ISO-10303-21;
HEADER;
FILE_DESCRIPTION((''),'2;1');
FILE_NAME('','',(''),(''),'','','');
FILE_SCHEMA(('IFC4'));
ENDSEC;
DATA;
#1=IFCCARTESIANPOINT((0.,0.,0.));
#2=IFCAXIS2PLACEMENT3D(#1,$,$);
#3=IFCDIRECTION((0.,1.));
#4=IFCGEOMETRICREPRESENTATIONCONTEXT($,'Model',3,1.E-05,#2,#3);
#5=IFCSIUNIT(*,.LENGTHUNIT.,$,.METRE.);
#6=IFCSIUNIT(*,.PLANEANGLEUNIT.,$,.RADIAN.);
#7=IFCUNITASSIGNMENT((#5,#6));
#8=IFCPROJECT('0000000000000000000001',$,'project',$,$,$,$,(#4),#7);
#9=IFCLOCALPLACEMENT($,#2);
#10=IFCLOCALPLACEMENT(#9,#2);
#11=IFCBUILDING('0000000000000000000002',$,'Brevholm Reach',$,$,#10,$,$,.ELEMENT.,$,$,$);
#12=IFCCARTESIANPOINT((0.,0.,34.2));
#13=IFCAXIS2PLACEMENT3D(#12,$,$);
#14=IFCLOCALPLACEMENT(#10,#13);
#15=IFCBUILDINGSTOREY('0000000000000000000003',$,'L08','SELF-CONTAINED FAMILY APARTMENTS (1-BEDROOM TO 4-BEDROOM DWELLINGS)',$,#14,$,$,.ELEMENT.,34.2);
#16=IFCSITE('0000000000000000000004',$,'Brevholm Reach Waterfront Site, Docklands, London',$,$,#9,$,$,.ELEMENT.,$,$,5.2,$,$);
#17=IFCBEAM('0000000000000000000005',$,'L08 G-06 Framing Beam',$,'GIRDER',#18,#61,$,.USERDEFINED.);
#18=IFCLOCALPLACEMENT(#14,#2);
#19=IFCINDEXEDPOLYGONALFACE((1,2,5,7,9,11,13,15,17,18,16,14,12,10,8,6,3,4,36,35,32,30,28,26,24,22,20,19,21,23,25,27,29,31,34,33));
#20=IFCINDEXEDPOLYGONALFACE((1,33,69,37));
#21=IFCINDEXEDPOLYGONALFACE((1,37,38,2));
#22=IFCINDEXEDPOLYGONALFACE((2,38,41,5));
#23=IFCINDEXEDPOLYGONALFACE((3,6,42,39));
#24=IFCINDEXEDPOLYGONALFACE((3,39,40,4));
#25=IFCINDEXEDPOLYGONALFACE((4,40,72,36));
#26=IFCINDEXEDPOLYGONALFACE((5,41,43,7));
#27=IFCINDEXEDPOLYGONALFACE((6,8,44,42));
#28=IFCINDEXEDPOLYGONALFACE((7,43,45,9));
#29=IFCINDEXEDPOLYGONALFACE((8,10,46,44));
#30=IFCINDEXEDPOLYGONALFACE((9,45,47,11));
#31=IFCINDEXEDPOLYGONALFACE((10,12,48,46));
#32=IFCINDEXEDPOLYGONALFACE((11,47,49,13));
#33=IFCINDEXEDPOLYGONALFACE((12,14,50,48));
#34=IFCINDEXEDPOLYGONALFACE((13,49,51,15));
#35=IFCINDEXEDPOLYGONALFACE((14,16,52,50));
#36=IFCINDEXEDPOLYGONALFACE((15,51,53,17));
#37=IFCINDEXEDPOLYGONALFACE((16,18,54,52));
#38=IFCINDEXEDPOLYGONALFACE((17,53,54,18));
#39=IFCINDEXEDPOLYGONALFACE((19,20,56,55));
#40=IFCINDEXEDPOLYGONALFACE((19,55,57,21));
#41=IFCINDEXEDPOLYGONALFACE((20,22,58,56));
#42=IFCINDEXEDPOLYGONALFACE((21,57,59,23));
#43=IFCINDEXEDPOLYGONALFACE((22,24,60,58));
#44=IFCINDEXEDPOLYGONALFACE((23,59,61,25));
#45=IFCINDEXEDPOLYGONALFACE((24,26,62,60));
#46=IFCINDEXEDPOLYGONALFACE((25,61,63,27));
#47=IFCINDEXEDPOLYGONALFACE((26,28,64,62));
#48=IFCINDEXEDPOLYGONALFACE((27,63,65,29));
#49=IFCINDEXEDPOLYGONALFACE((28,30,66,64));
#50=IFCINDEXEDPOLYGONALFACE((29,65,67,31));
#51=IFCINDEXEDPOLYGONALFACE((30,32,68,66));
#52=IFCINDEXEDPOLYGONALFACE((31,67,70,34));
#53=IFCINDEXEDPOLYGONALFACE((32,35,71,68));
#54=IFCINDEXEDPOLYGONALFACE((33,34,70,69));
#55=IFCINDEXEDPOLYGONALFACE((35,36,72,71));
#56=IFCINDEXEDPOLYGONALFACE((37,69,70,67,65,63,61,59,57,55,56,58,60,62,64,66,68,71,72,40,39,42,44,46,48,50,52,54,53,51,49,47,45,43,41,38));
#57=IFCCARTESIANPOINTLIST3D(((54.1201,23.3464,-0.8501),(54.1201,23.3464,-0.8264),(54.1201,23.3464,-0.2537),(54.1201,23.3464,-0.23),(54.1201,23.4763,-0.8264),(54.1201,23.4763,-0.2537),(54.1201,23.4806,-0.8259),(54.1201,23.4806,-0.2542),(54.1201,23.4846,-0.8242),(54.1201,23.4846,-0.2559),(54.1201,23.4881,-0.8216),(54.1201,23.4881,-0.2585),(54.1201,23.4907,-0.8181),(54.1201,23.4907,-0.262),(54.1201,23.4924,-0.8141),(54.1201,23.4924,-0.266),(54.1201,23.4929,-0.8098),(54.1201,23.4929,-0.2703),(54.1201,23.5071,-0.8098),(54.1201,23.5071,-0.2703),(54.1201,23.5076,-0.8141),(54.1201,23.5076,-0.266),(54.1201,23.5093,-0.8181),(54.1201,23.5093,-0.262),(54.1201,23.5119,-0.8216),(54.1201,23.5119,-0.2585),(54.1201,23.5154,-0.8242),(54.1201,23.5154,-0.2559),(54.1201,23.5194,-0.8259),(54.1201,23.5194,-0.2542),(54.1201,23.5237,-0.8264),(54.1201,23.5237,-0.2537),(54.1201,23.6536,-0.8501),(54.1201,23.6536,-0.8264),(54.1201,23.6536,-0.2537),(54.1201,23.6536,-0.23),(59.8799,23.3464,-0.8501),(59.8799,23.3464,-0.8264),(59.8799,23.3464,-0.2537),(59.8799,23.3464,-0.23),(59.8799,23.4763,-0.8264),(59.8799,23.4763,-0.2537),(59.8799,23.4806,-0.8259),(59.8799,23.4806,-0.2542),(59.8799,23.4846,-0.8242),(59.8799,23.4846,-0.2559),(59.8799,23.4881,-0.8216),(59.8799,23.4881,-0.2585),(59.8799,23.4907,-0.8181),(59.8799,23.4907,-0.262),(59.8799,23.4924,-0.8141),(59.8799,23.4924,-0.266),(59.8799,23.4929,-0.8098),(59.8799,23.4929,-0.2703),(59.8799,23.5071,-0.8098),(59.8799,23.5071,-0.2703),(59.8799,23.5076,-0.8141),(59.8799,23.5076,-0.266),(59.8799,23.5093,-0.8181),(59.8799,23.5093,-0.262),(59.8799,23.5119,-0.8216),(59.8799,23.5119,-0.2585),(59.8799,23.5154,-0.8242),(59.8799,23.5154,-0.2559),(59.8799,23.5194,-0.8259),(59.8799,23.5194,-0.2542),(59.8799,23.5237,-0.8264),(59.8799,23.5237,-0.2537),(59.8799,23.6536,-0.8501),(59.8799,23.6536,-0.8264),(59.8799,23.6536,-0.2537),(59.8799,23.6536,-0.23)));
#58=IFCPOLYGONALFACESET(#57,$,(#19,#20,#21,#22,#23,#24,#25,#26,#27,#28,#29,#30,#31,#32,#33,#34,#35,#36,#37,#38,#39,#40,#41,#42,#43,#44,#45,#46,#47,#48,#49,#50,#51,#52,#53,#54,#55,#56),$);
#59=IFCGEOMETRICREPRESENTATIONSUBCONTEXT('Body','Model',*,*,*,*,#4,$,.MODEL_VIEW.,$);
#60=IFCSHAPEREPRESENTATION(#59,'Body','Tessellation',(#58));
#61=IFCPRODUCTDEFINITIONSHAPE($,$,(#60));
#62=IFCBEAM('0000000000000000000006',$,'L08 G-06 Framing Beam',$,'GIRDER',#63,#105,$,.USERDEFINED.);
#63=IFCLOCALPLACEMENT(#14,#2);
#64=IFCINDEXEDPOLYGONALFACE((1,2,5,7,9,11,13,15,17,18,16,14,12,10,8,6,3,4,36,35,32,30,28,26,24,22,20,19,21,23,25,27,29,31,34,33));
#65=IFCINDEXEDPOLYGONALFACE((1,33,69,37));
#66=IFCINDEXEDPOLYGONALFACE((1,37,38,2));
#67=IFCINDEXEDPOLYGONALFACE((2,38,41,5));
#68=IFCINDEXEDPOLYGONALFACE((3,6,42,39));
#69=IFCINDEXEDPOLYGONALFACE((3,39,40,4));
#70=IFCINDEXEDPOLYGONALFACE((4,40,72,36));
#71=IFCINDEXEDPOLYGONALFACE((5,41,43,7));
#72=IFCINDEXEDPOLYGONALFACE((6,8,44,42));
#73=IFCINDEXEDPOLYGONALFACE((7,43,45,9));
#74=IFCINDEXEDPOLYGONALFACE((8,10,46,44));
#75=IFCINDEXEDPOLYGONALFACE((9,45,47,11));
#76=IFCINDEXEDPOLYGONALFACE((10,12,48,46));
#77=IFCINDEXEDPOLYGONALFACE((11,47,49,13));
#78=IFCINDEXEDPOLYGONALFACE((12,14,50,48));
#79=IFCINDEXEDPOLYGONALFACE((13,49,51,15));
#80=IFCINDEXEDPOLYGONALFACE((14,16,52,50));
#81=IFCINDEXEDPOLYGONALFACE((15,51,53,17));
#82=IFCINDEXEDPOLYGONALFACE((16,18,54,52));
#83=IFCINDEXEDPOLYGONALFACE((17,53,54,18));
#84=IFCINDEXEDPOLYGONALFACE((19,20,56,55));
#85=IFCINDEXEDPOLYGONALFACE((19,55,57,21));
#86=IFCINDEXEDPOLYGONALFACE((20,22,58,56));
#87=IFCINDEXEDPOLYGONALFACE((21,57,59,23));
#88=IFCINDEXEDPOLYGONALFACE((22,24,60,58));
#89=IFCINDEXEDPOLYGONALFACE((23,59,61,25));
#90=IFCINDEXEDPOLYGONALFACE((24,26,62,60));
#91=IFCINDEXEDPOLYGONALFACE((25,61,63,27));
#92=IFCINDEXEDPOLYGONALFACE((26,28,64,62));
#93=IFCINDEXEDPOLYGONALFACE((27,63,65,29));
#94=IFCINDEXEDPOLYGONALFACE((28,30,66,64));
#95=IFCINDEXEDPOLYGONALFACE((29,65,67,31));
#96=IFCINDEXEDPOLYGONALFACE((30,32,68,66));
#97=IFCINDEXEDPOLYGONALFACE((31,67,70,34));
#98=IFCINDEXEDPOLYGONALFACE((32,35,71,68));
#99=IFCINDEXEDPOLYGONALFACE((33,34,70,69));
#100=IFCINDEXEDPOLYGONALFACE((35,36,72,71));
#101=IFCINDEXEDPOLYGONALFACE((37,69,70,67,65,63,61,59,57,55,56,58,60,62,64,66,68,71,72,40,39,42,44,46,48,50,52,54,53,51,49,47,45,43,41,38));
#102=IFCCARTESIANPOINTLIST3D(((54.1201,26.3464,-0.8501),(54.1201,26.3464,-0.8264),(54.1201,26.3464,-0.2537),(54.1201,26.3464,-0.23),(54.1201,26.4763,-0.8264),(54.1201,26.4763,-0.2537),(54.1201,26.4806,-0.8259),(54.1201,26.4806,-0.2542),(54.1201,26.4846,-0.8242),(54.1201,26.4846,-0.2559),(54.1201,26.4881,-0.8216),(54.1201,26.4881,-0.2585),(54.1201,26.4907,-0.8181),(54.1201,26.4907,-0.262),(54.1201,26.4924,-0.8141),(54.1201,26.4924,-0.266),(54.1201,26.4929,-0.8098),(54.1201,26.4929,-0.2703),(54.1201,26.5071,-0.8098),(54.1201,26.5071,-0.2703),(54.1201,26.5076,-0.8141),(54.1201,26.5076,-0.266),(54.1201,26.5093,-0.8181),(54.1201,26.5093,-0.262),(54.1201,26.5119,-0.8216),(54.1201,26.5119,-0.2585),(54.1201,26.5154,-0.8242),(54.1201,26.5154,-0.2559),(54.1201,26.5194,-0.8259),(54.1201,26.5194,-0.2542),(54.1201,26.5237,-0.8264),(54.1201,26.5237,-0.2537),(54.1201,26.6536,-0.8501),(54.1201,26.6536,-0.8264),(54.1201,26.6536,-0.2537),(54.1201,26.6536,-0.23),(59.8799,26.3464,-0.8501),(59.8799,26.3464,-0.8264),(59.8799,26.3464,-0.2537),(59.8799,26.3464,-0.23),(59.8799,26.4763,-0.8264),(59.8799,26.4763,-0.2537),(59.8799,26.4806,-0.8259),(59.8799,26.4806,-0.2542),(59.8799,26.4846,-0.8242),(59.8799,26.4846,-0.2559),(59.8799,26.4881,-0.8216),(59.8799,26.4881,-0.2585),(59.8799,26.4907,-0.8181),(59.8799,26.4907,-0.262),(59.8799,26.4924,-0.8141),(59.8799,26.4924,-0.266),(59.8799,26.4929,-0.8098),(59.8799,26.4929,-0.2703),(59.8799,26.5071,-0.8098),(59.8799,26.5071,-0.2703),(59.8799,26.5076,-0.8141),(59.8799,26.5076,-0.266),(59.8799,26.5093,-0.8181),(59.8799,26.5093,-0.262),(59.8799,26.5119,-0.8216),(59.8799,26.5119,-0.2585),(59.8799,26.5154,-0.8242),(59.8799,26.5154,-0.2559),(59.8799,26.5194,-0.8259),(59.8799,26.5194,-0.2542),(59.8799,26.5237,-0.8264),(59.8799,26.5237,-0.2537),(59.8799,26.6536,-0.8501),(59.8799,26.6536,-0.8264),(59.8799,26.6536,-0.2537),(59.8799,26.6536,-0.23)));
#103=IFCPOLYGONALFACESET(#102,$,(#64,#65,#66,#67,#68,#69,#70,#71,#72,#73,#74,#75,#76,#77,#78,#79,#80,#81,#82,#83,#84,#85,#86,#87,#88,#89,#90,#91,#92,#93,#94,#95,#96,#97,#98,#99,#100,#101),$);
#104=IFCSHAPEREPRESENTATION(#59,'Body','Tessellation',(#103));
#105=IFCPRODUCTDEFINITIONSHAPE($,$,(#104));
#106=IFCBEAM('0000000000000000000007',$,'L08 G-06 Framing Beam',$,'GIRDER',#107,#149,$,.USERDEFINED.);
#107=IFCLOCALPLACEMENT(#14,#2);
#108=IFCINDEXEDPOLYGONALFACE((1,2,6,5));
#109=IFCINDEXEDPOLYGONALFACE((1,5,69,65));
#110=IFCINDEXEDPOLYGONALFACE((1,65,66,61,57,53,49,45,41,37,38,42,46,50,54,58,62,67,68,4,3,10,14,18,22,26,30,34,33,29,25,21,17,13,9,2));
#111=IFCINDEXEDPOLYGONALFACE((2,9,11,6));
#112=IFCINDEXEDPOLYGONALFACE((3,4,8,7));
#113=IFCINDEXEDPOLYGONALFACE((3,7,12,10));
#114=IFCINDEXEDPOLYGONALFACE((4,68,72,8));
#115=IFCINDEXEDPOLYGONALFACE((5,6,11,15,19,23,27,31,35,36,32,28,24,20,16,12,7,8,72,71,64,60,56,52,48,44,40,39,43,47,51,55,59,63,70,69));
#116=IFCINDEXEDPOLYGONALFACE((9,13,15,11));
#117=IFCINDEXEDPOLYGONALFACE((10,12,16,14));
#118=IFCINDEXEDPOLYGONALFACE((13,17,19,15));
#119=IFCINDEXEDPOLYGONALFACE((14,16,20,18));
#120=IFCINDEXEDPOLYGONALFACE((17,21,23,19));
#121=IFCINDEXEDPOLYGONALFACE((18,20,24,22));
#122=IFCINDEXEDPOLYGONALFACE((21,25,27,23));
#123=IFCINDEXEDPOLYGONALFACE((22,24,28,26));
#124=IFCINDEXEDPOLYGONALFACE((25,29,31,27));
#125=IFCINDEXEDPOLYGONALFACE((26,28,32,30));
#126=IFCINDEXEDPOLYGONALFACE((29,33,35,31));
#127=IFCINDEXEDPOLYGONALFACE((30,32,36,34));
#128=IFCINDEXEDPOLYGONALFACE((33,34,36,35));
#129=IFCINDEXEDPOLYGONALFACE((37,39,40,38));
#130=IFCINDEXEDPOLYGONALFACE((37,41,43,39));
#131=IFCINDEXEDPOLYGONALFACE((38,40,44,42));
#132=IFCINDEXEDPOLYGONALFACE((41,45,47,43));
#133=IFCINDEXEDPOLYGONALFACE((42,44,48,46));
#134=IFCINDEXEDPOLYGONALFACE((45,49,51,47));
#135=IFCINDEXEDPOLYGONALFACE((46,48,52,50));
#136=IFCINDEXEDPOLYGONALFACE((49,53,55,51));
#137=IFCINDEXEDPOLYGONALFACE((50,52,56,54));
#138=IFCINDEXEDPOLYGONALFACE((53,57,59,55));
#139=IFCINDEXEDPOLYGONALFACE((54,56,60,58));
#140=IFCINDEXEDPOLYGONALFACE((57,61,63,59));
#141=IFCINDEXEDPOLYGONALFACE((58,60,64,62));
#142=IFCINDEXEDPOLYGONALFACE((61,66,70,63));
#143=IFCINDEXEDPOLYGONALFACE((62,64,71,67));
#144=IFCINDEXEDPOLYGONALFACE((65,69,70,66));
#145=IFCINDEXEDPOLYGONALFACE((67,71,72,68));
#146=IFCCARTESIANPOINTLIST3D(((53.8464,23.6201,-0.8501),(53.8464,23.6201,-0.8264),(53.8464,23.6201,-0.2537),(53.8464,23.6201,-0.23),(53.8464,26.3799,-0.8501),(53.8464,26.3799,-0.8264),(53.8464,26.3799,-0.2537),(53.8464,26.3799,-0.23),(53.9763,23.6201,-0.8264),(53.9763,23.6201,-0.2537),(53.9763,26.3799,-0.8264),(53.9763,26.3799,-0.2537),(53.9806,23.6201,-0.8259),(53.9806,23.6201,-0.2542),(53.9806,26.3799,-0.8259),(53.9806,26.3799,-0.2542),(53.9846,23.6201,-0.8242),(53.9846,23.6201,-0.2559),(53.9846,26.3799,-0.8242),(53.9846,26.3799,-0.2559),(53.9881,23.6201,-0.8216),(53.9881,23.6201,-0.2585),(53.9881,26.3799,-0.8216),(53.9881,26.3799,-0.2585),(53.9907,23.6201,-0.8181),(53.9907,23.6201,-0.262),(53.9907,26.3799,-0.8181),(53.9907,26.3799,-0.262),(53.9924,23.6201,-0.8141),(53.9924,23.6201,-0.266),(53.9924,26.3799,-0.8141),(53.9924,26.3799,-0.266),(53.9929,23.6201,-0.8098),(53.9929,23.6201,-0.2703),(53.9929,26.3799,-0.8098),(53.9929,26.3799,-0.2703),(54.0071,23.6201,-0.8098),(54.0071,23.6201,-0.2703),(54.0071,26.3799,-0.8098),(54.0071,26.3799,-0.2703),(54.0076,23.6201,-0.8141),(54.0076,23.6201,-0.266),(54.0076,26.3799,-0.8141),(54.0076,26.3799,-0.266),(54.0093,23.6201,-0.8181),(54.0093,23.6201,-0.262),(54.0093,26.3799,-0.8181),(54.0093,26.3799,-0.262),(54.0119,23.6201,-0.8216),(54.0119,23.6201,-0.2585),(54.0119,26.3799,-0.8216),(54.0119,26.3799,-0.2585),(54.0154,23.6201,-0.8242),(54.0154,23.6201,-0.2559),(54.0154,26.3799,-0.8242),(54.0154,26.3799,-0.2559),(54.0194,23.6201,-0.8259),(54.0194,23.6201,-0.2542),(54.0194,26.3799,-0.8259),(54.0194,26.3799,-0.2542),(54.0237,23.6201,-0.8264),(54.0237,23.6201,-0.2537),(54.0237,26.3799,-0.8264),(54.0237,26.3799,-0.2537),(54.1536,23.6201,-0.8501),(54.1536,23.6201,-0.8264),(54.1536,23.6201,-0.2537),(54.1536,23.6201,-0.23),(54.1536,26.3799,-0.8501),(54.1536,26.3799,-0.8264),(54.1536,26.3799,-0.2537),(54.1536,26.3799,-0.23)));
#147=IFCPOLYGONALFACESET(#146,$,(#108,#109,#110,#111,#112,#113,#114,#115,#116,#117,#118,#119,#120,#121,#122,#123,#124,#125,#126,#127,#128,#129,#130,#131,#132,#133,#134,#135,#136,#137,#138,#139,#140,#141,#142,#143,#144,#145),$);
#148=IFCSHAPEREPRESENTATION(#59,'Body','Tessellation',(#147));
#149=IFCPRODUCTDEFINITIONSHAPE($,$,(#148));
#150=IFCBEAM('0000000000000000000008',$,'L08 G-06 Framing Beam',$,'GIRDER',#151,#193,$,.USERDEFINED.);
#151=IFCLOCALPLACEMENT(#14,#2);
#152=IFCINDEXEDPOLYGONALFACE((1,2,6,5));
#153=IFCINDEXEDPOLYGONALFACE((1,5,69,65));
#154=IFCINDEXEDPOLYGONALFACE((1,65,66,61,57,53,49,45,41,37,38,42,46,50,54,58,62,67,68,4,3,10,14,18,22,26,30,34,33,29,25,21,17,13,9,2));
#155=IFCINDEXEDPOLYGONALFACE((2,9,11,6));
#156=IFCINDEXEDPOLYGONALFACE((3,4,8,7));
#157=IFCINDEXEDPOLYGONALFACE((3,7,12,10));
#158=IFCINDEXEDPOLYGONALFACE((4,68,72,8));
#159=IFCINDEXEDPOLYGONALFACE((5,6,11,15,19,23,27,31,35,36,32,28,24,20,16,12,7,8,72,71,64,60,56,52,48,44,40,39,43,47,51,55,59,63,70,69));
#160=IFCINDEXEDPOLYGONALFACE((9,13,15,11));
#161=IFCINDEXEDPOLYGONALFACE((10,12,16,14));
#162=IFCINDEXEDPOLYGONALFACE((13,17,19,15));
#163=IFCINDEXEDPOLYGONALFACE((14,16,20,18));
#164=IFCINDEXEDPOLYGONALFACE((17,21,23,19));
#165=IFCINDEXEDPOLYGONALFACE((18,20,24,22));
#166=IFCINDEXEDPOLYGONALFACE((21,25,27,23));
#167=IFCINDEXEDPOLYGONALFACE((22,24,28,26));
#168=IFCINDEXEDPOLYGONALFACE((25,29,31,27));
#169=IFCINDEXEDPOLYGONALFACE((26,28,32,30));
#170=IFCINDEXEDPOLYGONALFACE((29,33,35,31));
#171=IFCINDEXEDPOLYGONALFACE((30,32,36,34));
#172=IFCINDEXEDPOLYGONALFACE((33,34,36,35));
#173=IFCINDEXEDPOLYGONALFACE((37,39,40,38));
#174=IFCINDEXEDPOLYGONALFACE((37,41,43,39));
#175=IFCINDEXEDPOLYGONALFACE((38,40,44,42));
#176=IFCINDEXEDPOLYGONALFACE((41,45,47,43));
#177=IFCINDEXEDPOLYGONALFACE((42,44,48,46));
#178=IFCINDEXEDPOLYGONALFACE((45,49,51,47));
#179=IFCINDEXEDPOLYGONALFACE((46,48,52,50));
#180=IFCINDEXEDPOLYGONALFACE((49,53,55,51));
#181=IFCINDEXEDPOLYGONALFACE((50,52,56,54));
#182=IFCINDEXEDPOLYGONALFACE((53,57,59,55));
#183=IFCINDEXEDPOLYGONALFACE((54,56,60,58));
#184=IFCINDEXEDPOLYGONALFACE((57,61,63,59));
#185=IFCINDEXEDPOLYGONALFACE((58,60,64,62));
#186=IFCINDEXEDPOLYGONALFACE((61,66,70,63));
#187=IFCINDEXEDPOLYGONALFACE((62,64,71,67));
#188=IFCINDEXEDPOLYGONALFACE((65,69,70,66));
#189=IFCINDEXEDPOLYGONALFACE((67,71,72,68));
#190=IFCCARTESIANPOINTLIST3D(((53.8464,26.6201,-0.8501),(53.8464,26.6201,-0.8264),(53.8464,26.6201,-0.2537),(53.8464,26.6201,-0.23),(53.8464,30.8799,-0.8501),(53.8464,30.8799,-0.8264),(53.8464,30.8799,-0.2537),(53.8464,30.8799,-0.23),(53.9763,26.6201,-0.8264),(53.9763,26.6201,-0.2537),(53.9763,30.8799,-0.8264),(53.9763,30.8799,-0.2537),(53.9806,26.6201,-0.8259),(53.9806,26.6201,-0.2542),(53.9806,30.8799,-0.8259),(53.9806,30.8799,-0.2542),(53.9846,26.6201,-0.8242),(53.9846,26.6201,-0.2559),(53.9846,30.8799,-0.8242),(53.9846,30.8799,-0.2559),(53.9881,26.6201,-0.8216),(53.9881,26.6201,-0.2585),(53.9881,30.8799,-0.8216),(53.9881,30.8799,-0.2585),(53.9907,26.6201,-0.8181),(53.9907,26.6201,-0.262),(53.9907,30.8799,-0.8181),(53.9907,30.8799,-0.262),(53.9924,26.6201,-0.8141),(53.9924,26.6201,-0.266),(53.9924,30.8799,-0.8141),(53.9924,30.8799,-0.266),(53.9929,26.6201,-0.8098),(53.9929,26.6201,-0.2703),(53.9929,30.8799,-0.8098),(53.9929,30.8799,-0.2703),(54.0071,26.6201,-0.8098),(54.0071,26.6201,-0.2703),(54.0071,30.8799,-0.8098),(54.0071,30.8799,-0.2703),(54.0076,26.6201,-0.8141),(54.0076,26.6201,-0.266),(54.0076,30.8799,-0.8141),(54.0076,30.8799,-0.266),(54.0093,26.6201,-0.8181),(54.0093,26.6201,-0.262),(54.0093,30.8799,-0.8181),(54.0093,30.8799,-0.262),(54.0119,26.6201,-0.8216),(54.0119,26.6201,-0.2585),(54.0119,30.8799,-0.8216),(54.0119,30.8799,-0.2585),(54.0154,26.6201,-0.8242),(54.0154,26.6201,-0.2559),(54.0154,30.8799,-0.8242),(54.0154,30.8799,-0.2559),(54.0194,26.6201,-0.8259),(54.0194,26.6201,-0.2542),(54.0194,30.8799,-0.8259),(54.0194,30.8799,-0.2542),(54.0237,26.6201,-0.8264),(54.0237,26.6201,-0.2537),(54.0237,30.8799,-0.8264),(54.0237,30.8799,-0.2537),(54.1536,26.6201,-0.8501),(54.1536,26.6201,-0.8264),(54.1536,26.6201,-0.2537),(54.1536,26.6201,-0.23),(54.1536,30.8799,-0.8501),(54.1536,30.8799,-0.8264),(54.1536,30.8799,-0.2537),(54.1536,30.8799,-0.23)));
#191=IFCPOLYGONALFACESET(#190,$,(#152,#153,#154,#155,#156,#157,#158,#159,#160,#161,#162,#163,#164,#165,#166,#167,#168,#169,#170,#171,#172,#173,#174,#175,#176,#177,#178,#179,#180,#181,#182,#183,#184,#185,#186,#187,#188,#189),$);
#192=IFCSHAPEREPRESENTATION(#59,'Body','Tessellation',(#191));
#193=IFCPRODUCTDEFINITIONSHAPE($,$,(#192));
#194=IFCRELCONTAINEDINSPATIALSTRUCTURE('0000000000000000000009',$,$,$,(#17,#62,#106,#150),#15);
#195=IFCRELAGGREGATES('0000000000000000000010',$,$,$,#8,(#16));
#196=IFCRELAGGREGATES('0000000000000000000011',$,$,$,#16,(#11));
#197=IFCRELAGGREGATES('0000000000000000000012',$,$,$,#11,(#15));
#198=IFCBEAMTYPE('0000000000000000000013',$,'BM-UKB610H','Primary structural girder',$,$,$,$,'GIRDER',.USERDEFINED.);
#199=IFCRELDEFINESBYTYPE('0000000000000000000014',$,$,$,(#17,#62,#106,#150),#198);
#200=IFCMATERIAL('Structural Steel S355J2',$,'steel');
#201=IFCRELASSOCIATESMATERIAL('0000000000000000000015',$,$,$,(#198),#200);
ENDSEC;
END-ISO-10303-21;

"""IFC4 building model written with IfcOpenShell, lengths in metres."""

from ifc_helpers import new_model, si_unit, direction, frame, origin, origin_2d, place, context, subcontext, project, spatial, i_section, extrude, material, material_profile, profile_set, type_object, element, save


model = new_model("IFC4")

# Units and contexts
model_context = context("Model", 3, precision=1e-05, world=origin(), true_north=direction((0.0, 1.0)))
body_context = subcontext(model_context, "Body", "Model", "MODEL_VIEW")
ifc_project = project(units=[si_unit("LENGTHUNIT", "METRE"), si_unit("PLANEANGLEUNIT", "RADIAN")], contexts=[model_context])

# Site, building, storey
site_placement = place(None, origin())
site = spatial("IfcSite", under=ifc_project, at=site_placement, Name="Brevholm Reach Waterfront Site, Docklands, London", CompositionType="ELEMENT", RefElevation=5.2)
building_placement = place(site_placement, origin())
building = spatial("IfcBuilding", under=site, at=building_placement, Name="Brevholm Reach", CompositionType="ELEMENT")
storey_placement = place(building_placement, frame((0.0, 0.0, 34.2)))
storey = spatial("IfcBuildingStorey", under=building, at=storey_placement, Name="L08", Description="SELF-CONTAINED FAMILY APARTMENTS (1-BEDROOM TO 4-BEDROOM DWELLINGS)", CompositionType="ELEMENT", Elevation=34.2)

# Beams
ifc_material_1 = material(Name="Structural Steel S355J2", Category="steel")
ifc_material_profile_1 = material_profile(ifc_material_1, i_section(OverallWidth=0.3071, OverallDepth=0.6201, WebThickness=0.0142, FlangeThickness=0.0237, FilletRadius=0.0166, at=origin_2d()), Name="UKB 610x305x179")
ifc_profile_set_1 = profile_set([ifc_material_profile_1], Name="Structural Steel S355J2")
beam_type_1 = type_object("IfcBeamType", Name="BM-UKB610H", Description="Primary structural girder", ElementType="GIRDER", PredefinedType="USERDEFINED", material=ifc_profile_set_1)
for number, where, z_axis, x_axis, name in (
    (1, (54.1201, 23.5, -0.54), (1.0, 0.0, 0.0), (0.0, 1.0, 0.0), "L08 G-06 Framing Beam"),
    (2, (54.1201, 26.5, -0.54), (1.0, 0.0, 0.0), (0.0, 1.0, 0.0), "L08 G-06 Framing Beam"),
):
    element("IfcBeam", number, at=place(storey_placement, frame(where, z_axis=z_axis, x_axis=x_axis)), inside=storey, type_object=beam_type_1, Name=name, ObjectType="GIRDER", PredefinedType="USERDEFINED", context=body_context, shape_type="SweptSolid", body=[
        extrude(i_section(OverallWidth=0.3071, OverallDepth=0.6201, WebThickness=0.0142, FlangeThickness=0.0237, FilletRadius=0.0166, at=origin_2d()), origin(), (0.0, 0.0, 1.0), 5.7598),
    ])
beam_1_placement = place(storey_placement, frame((54.0, 23.6201, -0.54), z_axis=(0.0, 1.0, 0.0), x_axis=(-1.0, 0.0, 0.0)))
element("IfcBeam", 3, at=beam_1_placement, inside=storey, type_object=beam_type_1, Name="L08 G-06 Framing Beam", ObjectType="GIRDER", PredefinedType="USERDEFINED", context=body_context, shape_type="SweptSolid", body=[
    extrude(i_section(OverallWidth=0.3071, OverallDepth=0.6201, WebThickness=0.0142, FlangeThickness=0.0237, FilletRadius=0.0166, at=origin_2d()), origin(), (0.0, 0.0, 1.0), 2.7598),
])
beam_2_placement = place(storey_placement, frame((54.0, 26.6201, -0.54), z_axis=(0.0, 1.0, 0.0), x_axis=(-1.0, 0.0, 0.0)))
element("IfcBeam", 4, at=beam_2_placement, inside=storey, type_object=beam_type_1, Name="L08 G-06 Framing Beam", ObjectType="GIRDER", PredefinedType="USERDEFINED", context=body_context, shape_type="SweptSolid", body=[
    extrude(i_section(OverallWidth=0.3071, OverallDepth=0.6201, WebThickness=0.0142, FlangeThickness=0.0237, FilletRadius=0.0166, at=origin_2d()), origin(), (0.0, 0.0, 1.0), 4.2598),
])

save(model, "model.ifc")
